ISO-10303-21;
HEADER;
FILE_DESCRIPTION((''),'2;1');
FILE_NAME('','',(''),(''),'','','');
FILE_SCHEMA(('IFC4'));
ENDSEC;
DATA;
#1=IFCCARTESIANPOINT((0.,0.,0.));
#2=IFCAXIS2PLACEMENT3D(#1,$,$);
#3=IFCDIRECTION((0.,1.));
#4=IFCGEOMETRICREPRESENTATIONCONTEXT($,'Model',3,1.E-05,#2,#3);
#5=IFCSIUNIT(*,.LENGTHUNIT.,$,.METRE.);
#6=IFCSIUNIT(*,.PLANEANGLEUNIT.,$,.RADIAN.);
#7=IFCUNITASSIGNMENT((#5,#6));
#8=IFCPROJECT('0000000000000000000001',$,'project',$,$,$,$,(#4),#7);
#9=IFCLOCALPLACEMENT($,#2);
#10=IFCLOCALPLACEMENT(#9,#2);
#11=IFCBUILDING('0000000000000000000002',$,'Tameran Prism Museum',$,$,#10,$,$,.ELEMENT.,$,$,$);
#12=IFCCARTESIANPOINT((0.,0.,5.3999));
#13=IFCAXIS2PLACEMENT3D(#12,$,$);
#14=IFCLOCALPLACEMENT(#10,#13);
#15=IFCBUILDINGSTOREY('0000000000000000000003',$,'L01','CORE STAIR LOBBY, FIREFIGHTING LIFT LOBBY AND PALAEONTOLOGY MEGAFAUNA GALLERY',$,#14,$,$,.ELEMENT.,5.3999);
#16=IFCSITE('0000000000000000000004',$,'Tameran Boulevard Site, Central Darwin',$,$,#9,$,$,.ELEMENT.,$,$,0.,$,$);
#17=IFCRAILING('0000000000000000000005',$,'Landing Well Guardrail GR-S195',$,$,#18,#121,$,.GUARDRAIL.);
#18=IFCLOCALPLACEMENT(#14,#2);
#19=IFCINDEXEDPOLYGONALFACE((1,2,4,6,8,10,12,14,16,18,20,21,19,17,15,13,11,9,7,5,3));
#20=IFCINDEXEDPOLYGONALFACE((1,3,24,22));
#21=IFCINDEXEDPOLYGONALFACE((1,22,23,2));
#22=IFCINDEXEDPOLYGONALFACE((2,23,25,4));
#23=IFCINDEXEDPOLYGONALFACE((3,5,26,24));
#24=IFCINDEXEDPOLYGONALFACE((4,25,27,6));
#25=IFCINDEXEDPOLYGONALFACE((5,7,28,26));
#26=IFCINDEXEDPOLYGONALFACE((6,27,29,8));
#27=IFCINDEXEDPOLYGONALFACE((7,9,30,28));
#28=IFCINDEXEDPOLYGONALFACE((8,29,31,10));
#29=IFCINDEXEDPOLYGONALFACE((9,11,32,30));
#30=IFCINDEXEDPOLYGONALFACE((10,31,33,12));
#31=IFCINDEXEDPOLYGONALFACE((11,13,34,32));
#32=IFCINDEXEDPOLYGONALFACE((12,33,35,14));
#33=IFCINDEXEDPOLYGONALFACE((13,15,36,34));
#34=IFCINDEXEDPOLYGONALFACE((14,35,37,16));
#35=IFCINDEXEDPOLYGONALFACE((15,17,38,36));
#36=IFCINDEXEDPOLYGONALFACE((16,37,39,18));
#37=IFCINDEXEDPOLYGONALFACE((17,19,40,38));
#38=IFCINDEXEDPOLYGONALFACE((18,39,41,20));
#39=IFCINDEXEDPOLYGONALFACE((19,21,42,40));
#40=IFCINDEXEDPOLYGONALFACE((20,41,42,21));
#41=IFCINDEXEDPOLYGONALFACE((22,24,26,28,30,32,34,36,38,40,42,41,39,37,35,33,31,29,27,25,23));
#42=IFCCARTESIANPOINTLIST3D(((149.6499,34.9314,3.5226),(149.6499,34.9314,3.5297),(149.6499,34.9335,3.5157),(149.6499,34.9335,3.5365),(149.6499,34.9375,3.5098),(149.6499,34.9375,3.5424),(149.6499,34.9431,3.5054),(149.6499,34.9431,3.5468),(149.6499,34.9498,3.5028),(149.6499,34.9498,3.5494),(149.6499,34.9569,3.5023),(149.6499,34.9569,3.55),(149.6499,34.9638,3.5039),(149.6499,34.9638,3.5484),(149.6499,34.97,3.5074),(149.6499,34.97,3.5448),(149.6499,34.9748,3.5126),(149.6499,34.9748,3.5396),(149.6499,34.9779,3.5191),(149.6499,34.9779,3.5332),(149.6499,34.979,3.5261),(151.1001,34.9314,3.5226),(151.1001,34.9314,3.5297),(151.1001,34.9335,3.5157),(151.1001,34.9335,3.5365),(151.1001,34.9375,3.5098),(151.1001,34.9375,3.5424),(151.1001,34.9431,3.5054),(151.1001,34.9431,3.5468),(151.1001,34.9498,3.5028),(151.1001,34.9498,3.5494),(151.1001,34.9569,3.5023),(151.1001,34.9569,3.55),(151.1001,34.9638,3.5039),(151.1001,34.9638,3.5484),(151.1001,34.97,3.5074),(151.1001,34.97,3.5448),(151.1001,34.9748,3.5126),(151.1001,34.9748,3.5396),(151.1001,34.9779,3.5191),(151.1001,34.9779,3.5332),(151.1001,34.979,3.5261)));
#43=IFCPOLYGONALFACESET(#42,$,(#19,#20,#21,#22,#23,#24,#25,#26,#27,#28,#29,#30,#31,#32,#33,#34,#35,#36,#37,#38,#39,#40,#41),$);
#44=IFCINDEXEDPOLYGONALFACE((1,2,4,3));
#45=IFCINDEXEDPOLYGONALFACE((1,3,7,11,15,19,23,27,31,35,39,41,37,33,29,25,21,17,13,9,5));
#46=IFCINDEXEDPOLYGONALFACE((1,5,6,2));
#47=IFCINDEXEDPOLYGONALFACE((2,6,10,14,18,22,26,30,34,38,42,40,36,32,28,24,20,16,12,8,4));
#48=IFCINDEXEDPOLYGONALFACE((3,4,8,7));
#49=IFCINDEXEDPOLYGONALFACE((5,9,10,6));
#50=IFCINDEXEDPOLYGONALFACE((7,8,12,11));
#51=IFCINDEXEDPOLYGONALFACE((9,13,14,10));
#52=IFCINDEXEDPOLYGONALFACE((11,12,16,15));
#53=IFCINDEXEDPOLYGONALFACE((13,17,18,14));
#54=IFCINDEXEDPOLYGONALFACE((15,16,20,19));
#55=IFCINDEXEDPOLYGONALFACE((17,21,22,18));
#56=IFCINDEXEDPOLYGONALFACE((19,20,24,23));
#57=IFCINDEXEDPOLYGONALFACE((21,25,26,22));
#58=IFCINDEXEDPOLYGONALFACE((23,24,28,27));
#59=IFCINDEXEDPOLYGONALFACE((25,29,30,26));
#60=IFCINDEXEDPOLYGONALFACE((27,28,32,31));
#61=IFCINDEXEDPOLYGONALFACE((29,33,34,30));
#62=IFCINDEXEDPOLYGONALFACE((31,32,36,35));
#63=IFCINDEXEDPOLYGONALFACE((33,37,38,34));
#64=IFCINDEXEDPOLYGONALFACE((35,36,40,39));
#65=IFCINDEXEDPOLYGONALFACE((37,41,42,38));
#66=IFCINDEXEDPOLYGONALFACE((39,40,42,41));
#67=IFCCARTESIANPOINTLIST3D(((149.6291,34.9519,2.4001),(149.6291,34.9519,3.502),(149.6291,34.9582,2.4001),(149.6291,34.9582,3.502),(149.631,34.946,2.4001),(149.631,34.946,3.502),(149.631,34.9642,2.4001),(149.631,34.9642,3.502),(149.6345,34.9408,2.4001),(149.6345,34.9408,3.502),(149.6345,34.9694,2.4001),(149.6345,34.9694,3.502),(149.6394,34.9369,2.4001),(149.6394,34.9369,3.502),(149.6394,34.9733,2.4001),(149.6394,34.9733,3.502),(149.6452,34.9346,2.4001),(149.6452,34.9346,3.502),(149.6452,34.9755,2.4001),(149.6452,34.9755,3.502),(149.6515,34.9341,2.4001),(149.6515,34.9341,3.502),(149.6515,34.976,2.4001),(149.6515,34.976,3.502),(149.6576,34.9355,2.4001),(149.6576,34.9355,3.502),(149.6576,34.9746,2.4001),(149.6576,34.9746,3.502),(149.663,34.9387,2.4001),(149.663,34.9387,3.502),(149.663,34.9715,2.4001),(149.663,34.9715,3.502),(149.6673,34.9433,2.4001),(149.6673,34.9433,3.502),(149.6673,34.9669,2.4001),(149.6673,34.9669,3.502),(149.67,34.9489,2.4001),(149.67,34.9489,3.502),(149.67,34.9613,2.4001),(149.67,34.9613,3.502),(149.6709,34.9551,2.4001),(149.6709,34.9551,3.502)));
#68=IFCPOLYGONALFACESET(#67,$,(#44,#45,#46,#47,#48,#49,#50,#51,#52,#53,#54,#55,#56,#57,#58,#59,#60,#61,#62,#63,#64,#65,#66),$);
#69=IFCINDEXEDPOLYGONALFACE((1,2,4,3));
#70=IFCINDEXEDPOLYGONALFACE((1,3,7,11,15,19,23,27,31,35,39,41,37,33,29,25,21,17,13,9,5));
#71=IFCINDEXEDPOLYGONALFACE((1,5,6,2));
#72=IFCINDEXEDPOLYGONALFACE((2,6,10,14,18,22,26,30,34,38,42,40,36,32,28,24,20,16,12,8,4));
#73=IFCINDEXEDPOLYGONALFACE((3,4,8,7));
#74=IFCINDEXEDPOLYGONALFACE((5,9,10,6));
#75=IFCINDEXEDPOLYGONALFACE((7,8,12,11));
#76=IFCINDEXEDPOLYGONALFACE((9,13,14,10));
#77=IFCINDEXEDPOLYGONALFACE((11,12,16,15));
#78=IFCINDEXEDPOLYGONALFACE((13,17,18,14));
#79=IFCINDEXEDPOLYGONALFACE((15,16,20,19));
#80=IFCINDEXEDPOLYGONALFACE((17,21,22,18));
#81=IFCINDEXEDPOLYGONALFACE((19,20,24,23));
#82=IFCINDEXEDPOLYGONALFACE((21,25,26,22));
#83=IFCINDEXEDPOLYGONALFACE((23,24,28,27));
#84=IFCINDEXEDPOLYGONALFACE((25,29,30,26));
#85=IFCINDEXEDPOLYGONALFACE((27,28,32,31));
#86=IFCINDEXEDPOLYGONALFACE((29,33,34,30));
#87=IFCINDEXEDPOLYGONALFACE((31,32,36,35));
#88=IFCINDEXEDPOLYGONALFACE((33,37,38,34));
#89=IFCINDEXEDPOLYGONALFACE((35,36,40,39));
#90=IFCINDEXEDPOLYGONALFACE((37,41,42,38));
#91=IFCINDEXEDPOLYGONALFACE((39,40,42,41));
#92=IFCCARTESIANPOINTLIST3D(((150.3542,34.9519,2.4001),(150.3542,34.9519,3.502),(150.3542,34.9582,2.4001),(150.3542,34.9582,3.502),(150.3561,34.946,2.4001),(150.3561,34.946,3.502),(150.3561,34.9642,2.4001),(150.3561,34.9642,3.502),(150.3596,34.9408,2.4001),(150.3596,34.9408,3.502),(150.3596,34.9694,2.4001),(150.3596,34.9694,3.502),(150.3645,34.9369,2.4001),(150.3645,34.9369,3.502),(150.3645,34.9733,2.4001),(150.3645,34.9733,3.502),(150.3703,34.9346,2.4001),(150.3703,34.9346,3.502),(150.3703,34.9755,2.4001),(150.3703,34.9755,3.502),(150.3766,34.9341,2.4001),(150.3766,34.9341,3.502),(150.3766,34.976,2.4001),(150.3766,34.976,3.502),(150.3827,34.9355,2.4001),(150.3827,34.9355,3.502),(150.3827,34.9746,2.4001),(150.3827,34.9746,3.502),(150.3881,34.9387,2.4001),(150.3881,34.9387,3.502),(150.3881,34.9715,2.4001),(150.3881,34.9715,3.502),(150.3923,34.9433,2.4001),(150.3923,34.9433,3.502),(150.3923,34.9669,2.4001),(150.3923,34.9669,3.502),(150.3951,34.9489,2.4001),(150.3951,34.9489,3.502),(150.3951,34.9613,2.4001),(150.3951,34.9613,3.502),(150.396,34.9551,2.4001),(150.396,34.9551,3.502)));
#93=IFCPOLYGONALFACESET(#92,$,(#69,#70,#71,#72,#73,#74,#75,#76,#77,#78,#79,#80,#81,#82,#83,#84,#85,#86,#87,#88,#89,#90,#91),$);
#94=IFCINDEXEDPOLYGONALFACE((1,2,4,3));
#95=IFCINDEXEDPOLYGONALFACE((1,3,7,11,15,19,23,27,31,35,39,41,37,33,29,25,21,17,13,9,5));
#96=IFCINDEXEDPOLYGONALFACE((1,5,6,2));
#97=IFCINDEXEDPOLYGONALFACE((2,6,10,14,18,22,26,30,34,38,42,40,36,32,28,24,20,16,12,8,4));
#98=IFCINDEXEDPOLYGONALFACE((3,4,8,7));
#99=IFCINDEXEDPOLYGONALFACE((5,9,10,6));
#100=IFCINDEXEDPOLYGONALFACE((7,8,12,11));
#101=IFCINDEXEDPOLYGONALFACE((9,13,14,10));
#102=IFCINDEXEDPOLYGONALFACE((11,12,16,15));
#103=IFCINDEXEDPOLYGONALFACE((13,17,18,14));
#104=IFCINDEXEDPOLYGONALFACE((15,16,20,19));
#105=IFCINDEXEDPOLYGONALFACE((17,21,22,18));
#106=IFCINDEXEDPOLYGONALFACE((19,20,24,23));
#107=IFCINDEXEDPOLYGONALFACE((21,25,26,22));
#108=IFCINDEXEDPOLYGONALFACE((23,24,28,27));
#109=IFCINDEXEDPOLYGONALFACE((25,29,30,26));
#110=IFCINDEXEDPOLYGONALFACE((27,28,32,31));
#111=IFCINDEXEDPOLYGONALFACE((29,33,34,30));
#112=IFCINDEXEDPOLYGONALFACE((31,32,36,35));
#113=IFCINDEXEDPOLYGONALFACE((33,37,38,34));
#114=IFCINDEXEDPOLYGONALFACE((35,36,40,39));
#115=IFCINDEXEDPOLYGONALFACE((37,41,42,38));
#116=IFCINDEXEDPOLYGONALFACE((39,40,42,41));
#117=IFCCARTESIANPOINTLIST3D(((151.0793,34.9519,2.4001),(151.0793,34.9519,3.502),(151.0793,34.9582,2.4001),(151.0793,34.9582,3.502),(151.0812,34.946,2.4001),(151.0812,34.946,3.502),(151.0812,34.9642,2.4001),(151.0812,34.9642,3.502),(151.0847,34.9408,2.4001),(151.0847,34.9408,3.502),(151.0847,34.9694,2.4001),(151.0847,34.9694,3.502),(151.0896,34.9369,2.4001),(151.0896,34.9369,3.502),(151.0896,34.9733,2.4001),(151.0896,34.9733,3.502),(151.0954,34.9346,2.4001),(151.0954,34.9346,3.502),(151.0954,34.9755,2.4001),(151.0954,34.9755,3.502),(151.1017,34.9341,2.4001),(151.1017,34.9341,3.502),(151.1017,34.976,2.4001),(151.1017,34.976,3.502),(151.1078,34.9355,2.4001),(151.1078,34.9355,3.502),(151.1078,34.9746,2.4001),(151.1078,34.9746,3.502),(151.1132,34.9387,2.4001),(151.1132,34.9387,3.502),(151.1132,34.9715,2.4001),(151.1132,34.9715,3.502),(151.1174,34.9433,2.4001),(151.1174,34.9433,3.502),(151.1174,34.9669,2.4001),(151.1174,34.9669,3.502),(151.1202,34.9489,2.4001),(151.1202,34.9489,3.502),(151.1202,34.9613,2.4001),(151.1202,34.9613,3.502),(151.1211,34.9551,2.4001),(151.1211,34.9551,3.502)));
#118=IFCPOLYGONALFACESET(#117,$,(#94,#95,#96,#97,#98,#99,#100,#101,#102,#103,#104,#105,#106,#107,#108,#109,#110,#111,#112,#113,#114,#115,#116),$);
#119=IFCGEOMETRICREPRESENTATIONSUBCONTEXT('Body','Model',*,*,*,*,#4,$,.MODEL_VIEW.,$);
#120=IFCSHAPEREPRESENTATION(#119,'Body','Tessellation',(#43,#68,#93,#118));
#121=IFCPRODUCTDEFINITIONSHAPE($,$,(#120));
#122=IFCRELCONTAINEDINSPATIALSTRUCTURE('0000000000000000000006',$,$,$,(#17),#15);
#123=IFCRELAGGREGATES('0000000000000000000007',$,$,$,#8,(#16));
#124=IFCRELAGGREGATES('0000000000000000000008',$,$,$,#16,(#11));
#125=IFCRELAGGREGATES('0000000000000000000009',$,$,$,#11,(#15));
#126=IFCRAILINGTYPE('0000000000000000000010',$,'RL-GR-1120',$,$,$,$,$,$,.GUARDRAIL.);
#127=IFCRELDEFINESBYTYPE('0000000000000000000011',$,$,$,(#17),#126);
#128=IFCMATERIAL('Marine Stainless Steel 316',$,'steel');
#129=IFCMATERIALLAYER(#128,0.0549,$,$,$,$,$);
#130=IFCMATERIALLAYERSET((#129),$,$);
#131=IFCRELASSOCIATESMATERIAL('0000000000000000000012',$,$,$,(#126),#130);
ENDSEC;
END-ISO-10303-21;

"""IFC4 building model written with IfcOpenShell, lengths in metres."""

from ifc_helpers import new_model, si_unit, direction, frame, origin, origin_2d, place, context, subcontext, project, spatial, circle, extrude, material, layer, layer_set, type_object, element, save


model = new_model("IFC4")

# Units and contexts
model_context = context("Model", 3, precision=1e-05, world=origin(), true_north=direction((0.0, 1.0)))
body_context = subcontext(model_context, "Body", "Model", "MODEL_VIEW")
ifc_project = project(units=[si_unit("LENGTHUNIT", "METRE"), si_unit("PLANEANGLEUNIT", "RADIAN")], contexts=[model_context])

# Site, building, storey
site_placement = place(None, origin())
site = spatial("IfcSite", under=ifc_project, at=site_placement, Name="Tameran Boulevard Site, Central Darwin", CompositionType="ELEMENT", RefElevation=0.0)
building_placement = place(site_placement, origin())
building = spatial("IfcBuilding", under=site, at=building_placement, Name="Tameran Prism Museum", CompositionType="ELEMENT")
storey_placement = place(building_placement, frame((0.0, 0.0, 5.3999)))
storey = spatial("IfcBuildingStorey", under=building, at=storey_placement, Name="L01", Description="CORE STAIR LOBBY, FIREFIGHTING LIFT LOBBY AND PALAEONTOLOGY MEGAFAUNA GALLERY", CompositionType="ELEMENT", Elevation=5.3999)

# Railing
ifc_material_1 = material(Name="Marine Stainless Steel 316", Category="steel")
ifc_layer_1 = layer(ifc_material_1, 0.0549)
ifc_layer_set_1 = layer_set([ifc_layer_1])
railing_type_1 = type_object("IfcRailingType", Name="RL-GR-1120", PredefinedType="GUARDRAIL", material=ifc_layer_set_1)
railing_1_placement = place(storey_placement, frame((149.6499, 34.9551, 2.4001)))
element("IfcRailing", 1, at=railing_1_placement, inside=storey, type_object=railing_type_1, Name="Landing Well Guardrail GR-S195", PredefinedType="GUARDRAIL", context=body_context, shape_type="SweptSolid", body=[
    extrude(circle(Radius=0.0239, at=origin_2d()), frame((0.0, 0.0, 1.126), z_axis=(1.0, 0.0, 0.0), x_axis=(0.0, 1.0, 0.0)), (0.0, 0.0, 1.0), 1.4502),
    extrude(circle(Radius=0.021, at=origin_2d()), origin(), (0.0, 0.0, 1.0), 1.1018),
    extrude(circle(Radius=0.021, at=origin_2d()), frame((0.7251, 0.0, 0.0)), (0.0, 0.0, 1.0), 1.1018),
    extrude(circle(Radius=0.021, at=origin_2d()), frame((1.4502, 0.0, 0.0)), (0.0, 0.0, 1.0), 1.1018),
])

save(model, "model.ifc")
